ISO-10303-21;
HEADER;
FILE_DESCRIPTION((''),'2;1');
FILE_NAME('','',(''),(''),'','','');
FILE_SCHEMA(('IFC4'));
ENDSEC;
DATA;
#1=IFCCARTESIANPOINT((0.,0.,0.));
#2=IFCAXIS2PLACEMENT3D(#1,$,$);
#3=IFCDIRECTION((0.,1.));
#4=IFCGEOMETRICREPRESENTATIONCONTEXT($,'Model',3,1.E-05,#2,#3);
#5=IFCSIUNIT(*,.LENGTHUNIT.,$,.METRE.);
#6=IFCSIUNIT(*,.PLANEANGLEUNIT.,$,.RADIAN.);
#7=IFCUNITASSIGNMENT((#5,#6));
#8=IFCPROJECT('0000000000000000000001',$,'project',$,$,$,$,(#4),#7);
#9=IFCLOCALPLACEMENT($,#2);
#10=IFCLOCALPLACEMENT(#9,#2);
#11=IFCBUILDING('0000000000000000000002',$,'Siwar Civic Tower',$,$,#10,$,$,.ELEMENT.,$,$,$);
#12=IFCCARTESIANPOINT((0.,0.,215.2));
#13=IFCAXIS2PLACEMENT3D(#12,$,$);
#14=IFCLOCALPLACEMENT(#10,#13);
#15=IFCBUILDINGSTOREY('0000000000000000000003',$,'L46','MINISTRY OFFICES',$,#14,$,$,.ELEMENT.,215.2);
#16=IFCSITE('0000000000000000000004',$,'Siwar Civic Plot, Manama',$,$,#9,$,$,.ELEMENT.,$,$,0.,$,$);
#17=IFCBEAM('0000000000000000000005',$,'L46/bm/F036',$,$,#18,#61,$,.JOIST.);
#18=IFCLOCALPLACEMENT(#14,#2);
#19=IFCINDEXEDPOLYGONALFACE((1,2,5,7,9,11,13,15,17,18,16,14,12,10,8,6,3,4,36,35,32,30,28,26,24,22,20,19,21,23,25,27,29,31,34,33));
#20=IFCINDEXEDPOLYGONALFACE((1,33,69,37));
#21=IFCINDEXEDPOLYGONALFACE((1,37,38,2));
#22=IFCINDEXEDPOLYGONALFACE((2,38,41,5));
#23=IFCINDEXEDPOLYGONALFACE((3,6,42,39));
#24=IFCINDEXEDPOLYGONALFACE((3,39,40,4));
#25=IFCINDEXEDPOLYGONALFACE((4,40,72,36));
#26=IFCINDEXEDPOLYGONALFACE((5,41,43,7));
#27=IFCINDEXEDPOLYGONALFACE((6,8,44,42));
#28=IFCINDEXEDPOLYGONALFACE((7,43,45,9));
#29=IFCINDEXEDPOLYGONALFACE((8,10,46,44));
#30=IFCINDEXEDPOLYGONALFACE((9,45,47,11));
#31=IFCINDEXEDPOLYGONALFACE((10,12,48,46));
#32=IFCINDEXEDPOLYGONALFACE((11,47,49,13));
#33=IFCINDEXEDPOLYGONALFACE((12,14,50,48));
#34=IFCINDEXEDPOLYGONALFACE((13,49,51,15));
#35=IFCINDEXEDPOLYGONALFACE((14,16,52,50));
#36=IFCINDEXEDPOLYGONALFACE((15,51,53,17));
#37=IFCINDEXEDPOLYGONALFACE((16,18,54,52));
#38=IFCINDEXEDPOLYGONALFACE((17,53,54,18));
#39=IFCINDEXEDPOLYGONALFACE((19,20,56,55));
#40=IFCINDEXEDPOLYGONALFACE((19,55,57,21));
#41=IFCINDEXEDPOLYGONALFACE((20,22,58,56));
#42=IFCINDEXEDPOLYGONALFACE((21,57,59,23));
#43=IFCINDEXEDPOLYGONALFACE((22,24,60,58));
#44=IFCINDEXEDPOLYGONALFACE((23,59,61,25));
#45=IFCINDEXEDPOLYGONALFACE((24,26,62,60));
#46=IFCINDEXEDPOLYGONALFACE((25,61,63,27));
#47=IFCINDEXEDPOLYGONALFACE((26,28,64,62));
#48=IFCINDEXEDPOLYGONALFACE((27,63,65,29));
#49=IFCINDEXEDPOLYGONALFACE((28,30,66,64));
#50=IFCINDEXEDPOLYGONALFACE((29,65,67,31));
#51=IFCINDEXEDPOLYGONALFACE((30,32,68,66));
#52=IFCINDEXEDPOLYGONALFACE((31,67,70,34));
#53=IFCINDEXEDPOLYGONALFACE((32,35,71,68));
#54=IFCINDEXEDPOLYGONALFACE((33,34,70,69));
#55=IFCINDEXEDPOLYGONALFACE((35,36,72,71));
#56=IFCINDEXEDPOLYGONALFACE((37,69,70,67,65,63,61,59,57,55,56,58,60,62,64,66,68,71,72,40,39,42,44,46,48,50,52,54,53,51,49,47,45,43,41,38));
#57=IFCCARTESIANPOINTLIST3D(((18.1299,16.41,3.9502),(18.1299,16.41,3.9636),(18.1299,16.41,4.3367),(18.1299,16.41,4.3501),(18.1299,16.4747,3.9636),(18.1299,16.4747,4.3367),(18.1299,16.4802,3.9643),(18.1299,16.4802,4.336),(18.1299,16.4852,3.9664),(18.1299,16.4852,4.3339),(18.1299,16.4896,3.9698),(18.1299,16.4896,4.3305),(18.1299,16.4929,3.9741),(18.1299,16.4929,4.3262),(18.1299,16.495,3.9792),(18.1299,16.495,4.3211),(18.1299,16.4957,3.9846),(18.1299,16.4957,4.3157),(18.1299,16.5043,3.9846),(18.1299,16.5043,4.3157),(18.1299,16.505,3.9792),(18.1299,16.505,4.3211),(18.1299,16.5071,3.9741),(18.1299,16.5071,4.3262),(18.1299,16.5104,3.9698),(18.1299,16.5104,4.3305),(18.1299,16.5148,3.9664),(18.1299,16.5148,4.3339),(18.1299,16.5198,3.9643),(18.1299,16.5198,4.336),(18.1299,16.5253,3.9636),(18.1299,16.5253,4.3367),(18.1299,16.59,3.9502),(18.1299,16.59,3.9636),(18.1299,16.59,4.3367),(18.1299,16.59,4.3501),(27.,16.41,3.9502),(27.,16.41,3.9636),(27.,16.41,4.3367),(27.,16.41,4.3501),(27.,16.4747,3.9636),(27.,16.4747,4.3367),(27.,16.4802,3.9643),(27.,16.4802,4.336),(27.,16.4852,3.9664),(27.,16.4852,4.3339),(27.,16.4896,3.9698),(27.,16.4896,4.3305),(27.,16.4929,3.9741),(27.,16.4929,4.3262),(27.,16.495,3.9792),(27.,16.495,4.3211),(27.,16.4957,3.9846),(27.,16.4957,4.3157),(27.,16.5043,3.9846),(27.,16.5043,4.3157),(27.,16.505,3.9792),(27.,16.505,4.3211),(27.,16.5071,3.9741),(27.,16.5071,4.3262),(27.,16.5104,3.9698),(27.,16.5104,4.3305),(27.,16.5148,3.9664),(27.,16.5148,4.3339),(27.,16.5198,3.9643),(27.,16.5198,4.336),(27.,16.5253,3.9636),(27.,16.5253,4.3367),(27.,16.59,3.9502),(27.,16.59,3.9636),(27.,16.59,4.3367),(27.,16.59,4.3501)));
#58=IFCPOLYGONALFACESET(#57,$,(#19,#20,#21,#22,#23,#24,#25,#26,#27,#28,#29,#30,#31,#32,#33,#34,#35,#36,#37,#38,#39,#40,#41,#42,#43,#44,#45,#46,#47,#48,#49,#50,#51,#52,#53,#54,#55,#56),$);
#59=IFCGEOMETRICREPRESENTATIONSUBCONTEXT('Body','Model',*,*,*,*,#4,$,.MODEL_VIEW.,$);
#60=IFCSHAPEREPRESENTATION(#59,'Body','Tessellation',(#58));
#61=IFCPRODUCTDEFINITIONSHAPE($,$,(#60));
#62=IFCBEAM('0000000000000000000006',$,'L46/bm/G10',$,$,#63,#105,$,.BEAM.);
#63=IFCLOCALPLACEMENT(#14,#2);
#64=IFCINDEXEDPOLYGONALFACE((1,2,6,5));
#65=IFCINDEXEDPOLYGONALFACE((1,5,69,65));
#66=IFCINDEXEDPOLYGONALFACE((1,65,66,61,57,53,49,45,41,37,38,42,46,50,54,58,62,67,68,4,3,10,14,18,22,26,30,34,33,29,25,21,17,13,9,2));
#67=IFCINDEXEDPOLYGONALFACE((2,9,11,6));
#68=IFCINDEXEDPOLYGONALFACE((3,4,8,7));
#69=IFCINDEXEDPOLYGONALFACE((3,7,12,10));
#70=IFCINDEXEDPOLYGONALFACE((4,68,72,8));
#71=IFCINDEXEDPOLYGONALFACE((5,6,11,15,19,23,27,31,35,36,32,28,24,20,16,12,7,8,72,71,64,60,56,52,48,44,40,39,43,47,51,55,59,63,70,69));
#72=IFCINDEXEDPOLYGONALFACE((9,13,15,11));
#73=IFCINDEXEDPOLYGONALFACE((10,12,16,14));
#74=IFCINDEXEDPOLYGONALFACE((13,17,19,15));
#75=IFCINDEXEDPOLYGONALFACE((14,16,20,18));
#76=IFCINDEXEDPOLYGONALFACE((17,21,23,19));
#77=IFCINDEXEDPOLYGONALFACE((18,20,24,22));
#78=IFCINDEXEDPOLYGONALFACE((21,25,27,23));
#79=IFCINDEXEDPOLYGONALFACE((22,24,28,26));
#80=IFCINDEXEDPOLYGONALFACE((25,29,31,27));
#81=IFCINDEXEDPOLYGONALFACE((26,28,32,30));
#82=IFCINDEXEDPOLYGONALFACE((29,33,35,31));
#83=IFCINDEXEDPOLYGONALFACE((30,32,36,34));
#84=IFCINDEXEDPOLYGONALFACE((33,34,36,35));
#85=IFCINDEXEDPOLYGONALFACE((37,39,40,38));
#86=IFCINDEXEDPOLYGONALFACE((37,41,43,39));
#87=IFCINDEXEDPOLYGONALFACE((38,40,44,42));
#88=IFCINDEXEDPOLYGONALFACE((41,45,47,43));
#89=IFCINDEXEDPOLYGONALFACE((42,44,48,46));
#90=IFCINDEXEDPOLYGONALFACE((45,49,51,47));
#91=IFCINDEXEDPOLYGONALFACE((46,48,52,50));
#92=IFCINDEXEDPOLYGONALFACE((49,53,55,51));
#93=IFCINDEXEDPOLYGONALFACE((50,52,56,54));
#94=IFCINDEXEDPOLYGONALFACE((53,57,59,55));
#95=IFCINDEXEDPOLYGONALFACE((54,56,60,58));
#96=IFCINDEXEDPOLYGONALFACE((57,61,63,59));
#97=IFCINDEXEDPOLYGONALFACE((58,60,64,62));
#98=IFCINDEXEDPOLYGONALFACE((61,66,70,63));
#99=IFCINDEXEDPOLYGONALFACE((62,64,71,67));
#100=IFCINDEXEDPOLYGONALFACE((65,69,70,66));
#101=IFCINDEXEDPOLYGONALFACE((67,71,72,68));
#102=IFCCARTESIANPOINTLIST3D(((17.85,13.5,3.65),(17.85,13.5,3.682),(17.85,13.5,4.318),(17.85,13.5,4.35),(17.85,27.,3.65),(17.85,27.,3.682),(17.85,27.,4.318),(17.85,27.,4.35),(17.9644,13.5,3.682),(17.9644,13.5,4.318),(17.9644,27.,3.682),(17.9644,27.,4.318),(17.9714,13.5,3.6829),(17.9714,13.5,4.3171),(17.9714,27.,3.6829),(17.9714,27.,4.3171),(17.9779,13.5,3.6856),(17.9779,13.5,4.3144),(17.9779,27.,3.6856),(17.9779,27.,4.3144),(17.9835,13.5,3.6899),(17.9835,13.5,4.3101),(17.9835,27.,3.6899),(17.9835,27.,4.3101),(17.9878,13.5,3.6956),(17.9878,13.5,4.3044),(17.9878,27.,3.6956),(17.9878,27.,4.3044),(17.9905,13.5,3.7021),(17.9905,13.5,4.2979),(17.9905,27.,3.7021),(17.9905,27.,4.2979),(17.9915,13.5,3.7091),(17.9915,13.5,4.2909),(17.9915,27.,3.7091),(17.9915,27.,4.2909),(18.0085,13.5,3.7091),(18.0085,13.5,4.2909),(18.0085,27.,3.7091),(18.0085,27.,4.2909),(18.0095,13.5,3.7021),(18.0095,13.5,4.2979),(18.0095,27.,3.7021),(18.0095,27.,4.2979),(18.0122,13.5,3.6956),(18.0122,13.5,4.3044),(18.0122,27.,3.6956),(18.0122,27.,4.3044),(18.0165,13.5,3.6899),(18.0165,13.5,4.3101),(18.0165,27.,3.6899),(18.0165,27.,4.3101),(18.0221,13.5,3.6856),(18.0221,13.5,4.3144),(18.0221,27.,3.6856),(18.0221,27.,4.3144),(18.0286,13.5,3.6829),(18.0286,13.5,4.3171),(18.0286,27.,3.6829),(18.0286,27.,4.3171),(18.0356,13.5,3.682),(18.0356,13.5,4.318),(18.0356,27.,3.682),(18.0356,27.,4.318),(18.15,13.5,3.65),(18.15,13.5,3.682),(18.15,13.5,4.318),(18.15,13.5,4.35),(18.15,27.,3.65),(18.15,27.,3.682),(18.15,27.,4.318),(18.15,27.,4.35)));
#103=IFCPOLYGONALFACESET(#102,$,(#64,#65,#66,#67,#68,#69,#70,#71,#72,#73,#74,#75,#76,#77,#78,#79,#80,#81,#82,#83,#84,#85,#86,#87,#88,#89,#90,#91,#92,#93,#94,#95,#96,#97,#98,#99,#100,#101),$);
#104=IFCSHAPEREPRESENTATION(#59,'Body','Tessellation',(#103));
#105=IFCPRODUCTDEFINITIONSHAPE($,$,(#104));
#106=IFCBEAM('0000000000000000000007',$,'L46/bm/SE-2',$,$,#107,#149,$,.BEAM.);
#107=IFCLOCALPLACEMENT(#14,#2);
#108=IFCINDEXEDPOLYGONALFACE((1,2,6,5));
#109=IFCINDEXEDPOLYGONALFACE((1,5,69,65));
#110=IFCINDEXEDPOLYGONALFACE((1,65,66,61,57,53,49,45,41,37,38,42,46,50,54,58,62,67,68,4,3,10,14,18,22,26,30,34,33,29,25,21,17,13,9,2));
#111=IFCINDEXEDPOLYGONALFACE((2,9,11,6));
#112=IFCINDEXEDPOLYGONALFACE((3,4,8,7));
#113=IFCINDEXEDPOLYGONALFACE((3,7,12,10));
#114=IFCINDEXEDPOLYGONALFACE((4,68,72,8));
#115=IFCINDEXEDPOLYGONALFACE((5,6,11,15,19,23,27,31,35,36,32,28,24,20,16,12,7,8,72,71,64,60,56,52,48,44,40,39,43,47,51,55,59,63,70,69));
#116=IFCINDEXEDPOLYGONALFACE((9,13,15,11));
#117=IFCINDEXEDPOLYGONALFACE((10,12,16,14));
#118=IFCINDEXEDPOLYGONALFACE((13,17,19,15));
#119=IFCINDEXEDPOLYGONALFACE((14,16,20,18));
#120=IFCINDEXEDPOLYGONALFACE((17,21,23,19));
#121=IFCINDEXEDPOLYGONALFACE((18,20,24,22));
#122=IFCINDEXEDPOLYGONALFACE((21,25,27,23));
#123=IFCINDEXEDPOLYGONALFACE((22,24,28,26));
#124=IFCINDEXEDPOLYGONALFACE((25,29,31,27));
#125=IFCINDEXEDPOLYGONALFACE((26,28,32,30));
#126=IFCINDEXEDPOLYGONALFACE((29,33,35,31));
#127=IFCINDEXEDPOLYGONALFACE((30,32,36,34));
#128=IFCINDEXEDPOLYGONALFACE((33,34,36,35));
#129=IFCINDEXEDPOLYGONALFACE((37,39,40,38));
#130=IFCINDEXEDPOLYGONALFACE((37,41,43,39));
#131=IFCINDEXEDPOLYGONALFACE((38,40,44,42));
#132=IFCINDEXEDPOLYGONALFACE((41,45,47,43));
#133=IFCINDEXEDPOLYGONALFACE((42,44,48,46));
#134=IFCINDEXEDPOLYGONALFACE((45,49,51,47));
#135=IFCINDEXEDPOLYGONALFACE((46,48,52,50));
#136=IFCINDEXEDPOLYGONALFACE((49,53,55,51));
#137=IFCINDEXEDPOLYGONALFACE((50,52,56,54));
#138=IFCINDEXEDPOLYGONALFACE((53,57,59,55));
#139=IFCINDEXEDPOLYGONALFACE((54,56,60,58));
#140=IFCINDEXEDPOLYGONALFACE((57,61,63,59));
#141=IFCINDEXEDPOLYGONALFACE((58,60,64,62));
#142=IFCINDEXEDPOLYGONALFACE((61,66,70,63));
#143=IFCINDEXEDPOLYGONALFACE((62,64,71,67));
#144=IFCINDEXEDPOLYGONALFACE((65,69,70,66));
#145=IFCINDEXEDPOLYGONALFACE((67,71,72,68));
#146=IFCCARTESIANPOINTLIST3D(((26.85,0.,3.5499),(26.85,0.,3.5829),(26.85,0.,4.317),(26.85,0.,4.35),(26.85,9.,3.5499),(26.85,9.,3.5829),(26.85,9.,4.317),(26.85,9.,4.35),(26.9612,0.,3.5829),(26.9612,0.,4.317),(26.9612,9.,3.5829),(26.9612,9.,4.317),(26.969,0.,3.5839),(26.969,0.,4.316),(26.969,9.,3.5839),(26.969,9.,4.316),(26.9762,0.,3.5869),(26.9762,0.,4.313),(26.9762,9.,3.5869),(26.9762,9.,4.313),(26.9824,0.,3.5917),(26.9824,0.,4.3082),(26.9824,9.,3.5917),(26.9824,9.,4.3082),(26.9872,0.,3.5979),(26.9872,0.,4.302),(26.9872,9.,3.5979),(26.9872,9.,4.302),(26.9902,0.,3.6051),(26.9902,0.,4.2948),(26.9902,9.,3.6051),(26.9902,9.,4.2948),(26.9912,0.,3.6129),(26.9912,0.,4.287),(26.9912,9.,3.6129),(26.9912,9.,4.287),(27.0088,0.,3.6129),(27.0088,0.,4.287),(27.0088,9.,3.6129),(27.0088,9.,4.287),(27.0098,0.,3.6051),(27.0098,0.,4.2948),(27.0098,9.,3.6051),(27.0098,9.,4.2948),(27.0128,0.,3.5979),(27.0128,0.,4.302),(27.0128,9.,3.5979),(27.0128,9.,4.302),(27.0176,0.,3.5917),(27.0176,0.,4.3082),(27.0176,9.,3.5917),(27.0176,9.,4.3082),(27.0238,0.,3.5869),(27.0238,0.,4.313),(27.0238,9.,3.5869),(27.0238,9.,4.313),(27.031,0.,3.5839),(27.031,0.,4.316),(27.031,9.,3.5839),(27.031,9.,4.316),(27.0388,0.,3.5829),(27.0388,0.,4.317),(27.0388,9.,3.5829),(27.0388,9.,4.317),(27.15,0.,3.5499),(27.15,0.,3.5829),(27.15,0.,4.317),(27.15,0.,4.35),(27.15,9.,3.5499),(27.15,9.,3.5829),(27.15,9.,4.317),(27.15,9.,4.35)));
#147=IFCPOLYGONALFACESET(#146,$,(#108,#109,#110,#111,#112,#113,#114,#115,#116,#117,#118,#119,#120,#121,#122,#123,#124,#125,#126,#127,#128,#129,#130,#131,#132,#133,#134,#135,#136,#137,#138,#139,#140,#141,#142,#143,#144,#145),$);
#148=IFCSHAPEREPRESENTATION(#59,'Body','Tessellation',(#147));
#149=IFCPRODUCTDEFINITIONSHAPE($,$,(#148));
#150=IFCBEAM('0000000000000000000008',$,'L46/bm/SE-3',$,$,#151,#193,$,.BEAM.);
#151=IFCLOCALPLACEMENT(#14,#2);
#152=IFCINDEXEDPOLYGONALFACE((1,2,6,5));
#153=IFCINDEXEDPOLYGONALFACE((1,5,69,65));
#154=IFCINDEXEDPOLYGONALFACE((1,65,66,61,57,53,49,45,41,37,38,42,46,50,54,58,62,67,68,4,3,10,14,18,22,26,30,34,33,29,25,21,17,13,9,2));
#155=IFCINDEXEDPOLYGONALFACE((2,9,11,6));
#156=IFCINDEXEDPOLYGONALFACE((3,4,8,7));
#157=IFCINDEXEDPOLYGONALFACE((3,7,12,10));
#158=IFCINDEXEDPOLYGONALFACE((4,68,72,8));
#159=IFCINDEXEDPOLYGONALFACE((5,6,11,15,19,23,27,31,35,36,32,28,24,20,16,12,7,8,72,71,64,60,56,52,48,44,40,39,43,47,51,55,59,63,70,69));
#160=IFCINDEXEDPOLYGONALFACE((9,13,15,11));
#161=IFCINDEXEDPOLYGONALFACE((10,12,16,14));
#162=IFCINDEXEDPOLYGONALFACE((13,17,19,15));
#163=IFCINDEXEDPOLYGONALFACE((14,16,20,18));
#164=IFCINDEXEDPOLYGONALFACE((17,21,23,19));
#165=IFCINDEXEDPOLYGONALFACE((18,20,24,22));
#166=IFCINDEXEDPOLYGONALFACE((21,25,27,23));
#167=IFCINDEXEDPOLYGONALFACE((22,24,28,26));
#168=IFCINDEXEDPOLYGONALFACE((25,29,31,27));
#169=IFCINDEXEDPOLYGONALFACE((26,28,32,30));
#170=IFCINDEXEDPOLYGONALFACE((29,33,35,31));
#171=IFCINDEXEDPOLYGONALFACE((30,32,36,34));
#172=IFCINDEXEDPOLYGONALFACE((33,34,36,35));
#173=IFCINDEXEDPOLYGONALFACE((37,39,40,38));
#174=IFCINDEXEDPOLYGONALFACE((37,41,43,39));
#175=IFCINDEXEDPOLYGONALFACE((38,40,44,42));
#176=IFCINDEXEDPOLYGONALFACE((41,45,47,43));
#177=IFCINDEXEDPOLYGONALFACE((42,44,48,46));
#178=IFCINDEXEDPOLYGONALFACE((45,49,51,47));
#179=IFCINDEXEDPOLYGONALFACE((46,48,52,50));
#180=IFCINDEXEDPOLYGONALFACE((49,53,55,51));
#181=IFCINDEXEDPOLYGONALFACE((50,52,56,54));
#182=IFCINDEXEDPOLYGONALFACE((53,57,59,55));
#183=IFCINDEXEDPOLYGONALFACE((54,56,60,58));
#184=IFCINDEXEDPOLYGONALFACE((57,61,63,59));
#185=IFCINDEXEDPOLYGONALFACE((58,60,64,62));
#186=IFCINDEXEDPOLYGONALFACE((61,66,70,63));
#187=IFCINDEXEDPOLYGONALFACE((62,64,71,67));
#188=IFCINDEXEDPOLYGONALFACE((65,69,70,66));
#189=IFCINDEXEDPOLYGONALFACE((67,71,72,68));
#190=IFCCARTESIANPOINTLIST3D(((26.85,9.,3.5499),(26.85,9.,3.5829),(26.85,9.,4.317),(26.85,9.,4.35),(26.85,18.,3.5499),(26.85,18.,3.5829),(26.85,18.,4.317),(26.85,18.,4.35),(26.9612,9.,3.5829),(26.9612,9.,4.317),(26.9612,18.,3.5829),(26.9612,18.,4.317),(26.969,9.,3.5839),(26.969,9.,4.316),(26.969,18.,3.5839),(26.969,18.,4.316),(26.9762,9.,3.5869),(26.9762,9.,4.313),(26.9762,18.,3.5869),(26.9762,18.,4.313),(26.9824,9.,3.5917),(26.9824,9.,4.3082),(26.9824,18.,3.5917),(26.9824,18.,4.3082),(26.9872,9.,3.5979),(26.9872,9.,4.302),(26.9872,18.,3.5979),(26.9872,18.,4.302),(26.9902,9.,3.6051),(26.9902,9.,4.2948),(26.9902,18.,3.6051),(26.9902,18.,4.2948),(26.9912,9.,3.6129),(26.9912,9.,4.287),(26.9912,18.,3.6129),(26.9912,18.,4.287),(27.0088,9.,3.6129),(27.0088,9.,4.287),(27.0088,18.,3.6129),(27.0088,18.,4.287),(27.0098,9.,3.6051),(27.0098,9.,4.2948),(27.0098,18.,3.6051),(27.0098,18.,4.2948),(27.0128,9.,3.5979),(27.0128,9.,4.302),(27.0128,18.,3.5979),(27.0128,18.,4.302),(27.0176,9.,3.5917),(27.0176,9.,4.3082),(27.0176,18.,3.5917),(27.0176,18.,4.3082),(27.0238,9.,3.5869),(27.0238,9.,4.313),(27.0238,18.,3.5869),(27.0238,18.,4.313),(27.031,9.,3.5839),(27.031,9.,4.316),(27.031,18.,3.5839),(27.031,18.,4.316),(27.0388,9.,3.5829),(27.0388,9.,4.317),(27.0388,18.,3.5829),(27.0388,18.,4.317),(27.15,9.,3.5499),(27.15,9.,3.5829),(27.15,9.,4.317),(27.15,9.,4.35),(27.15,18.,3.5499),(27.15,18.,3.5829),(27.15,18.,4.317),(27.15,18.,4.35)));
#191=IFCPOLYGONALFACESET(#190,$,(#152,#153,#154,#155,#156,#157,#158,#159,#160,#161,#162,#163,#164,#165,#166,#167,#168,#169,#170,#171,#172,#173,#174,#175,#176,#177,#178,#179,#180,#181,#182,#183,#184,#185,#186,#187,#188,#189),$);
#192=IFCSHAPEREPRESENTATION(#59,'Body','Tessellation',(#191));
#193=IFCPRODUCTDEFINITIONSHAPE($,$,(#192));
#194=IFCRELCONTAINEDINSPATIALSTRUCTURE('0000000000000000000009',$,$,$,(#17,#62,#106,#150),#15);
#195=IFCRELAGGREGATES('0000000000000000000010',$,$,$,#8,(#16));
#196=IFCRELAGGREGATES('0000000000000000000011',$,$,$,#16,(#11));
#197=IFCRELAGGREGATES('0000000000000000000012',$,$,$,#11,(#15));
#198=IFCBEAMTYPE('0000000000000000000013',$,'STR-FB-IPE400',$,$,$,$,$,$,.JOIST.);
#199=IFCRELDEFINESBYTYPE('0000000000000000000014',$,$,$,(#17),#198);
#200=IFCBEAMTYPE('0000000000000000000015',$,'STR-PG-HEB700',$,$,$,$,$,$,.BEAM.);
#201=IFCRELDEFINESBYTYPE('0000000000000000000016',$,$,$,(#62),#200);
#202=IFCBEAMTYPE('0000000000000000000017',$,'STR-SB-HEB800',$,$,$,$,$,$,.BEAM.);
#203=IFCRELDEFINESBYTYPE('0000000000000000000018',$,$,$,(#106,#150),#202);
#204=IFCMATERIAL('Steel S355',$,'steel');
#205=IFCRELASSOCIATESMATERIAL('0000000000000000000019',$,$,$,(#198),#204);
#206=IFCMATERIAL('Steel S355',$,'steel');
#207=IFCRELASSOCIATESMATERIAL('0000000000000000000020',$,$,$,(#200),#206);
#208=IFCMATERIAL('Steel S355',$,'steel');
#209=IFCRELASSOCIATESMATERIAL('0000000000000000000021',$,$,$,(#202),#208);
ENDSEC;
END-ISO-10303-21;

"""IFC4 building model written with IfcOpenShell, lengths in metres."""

from ifc_helpers import new_model, si_unit, direction, frame, origin, origin_2d, place, context, subcontext, project, spatial, i_section, extrude, material, material_profile, profile_set, type_object, element, save


model = new_model("IFC4")

# Units and contexts
model_context = context("Model", 3, precision=1e-05, world=origin(), true_north=direction((0.0, 1.0)))
body_context = subcontext(model_context, "Body", "Model", "MODEL_VIEW")
ifc_project = project(units=[si_unit("LENGTHUNIT", "METRE"), si_unit("PLANEANGLEUNIT", "RADIAN")], contexts=[model_context])

# Site, building, storey
site_placement = place(None, origin())
site = spatial("IfcSite", under=ifc_project, at=site_placement, Name="Siwar Civic Plot, Manama", CompositionType="ELEMENT", RefElevation=0.0)
building_placement = place(site_placement, origin())
building = spatial("IfcBuilding", under=site, at=building_placement, Name="Siwar Civic Tower", CompositionType="ELEMENT")
storey_placement = place(building_placement, frame((0.0, 0.0, 215.2)))
storey = spatial("IfcBuildingStorey", under=building, at=storey_placement, Name="L46", Description="MINISTRY OFFICES", CompositionType="ELEMENT", Elevation=215.2)

# Beams
ifc_material_1 = material(Name="Steel S355", Category="steel")
ifc_material_profile_1 = material_profile(ifc_material_1, i_section(OverallWidth=0.1799, OverallDepth=0.3999, WebThickness=0.0085, FlangeThickness=0.0134, FilletRadius=0.021, at=origin_2d()), Name="IPE400")
ifc_profile_set_1 = profile_set([ifc_material_profile_1], Name="Steel S355")
beam_type_1 = type_object("IfcBeamType", Name="STR-FB-IPE400", PredefinedType="JOIST", material=ifc_profile_set_1)
beam_1_placement = place(storey_placement, frame((18.1299, 16.5, 4.1501), z_axis=(1.0, 0.0, 0.0), x_axis=(0.0, 1.0, 0.0)))
element("IfcBeam", 1, at=beam_1_placement, inside=storey, type_object=beam_type_1, Name="L46/bm/F036", PredefinedType="JOIST", context=body_context, shape_type="SweptSolid", body=[
    extrude(i_section(OverallWidth=0.1799, OverallDepth=0.3999, WebThickness=0.0085, FlangeThickness=0.0134, FilletRadius=0.021, at=origin_2d()), origin(), (0.0, 0.0, 1.0), 8.8701),
])
ifc_material_2 = material(Name="Steel S355", Category="steel")
ifc_material_profile_2 = material_profile(ifc_material_2, i_section(OverallWidth=0.3, OverallDepth=0.7, WebThickness=0.0171, FlangeThickness=0.032, FilletRadius=0.0271, at=origin_2d()), Name="HEB700")
ifc_profile_set_2 = profile_set([ifc_material_profile_2], Name="Steel S355")
beam_type_2 = type_object("IfcBeamType", Name="STR-PG-HEB700", PredefinedType="BEAM", material=ifc_profile_set_2)
beam_2_placement = place(storey_placement, frame((18.0, 13.5, 4.0), z_axis=(0.0, 1.0, 0.0), x_axis=(-1.0, 0.0, 0.0)))
element("IfcBeam", 2, at=beam_2_placement, inside=storey, type_object=beam_type_2, Name="L46/bm/G10", PredefinedType="BEAM", context=body_context, shape_type="SweptSolid", body=[
    extrude(i_section(OverallWidth=0.3, OverallDepth=0.7, WebThickness=0.0171, FlangeThickness=0.032, FilletRadius=0.0271, at=origin_2d()), origin(), (0.0, 0.0, 1.0), 13.5),
])
ifc_material_3 = material(Name="Steel S355", Category="steel")
ifc_material_profile_3 = material_profile(ifc_material_3, i_section(OverallWidth=0.3, OverallDepth=0.8, WebThickness=0.0176, FlangeThickness=0.033, FilletRadius=0.03, at=origin_2d()), Name="HEB800")
ifc_profile_set_3 = profile_set([ifc_material_profile_3], Name="Steel S355")
beam_type_3 = type_object("IfcBeamType", Name="STR-SB-HEB800", PredefinedType="BEAM", material=ifc_profile_set_3)
for number, where, z_axis, x_axis, name in (
    (3, (27.0, 0.0, 3.95), (0.0, 1.0, 0.0), (-1.0, 0.0, 0.0), "L46/bm/SE-2"),
    (4, (27.0, 9.0, 3.95), (0.0, 1.0, 0.0), (-1.0, 0.0, 0.0), "L46/bm/SE-3"),
):
    element("IfcBeam", number, at=place(storey_placement, frame(where, z_axis=z_axis, x_axis=x_axis)), inside=storey, type_object=beam_type_3, Name=name, PredefinedType="BEAM", context=body_context, shape_type="SweptSolid", body=[
        extrude(i_section(OverallWidth=0.3, OverallDepth=0.8, WebThickness=0.0176, FlangeThickness=0.033, FilletRadius=0.03, at=origin_2d()), origin(), (0.0, 0.0, 1.0), 9.0),
    ])

save(model, "model.ifc")
